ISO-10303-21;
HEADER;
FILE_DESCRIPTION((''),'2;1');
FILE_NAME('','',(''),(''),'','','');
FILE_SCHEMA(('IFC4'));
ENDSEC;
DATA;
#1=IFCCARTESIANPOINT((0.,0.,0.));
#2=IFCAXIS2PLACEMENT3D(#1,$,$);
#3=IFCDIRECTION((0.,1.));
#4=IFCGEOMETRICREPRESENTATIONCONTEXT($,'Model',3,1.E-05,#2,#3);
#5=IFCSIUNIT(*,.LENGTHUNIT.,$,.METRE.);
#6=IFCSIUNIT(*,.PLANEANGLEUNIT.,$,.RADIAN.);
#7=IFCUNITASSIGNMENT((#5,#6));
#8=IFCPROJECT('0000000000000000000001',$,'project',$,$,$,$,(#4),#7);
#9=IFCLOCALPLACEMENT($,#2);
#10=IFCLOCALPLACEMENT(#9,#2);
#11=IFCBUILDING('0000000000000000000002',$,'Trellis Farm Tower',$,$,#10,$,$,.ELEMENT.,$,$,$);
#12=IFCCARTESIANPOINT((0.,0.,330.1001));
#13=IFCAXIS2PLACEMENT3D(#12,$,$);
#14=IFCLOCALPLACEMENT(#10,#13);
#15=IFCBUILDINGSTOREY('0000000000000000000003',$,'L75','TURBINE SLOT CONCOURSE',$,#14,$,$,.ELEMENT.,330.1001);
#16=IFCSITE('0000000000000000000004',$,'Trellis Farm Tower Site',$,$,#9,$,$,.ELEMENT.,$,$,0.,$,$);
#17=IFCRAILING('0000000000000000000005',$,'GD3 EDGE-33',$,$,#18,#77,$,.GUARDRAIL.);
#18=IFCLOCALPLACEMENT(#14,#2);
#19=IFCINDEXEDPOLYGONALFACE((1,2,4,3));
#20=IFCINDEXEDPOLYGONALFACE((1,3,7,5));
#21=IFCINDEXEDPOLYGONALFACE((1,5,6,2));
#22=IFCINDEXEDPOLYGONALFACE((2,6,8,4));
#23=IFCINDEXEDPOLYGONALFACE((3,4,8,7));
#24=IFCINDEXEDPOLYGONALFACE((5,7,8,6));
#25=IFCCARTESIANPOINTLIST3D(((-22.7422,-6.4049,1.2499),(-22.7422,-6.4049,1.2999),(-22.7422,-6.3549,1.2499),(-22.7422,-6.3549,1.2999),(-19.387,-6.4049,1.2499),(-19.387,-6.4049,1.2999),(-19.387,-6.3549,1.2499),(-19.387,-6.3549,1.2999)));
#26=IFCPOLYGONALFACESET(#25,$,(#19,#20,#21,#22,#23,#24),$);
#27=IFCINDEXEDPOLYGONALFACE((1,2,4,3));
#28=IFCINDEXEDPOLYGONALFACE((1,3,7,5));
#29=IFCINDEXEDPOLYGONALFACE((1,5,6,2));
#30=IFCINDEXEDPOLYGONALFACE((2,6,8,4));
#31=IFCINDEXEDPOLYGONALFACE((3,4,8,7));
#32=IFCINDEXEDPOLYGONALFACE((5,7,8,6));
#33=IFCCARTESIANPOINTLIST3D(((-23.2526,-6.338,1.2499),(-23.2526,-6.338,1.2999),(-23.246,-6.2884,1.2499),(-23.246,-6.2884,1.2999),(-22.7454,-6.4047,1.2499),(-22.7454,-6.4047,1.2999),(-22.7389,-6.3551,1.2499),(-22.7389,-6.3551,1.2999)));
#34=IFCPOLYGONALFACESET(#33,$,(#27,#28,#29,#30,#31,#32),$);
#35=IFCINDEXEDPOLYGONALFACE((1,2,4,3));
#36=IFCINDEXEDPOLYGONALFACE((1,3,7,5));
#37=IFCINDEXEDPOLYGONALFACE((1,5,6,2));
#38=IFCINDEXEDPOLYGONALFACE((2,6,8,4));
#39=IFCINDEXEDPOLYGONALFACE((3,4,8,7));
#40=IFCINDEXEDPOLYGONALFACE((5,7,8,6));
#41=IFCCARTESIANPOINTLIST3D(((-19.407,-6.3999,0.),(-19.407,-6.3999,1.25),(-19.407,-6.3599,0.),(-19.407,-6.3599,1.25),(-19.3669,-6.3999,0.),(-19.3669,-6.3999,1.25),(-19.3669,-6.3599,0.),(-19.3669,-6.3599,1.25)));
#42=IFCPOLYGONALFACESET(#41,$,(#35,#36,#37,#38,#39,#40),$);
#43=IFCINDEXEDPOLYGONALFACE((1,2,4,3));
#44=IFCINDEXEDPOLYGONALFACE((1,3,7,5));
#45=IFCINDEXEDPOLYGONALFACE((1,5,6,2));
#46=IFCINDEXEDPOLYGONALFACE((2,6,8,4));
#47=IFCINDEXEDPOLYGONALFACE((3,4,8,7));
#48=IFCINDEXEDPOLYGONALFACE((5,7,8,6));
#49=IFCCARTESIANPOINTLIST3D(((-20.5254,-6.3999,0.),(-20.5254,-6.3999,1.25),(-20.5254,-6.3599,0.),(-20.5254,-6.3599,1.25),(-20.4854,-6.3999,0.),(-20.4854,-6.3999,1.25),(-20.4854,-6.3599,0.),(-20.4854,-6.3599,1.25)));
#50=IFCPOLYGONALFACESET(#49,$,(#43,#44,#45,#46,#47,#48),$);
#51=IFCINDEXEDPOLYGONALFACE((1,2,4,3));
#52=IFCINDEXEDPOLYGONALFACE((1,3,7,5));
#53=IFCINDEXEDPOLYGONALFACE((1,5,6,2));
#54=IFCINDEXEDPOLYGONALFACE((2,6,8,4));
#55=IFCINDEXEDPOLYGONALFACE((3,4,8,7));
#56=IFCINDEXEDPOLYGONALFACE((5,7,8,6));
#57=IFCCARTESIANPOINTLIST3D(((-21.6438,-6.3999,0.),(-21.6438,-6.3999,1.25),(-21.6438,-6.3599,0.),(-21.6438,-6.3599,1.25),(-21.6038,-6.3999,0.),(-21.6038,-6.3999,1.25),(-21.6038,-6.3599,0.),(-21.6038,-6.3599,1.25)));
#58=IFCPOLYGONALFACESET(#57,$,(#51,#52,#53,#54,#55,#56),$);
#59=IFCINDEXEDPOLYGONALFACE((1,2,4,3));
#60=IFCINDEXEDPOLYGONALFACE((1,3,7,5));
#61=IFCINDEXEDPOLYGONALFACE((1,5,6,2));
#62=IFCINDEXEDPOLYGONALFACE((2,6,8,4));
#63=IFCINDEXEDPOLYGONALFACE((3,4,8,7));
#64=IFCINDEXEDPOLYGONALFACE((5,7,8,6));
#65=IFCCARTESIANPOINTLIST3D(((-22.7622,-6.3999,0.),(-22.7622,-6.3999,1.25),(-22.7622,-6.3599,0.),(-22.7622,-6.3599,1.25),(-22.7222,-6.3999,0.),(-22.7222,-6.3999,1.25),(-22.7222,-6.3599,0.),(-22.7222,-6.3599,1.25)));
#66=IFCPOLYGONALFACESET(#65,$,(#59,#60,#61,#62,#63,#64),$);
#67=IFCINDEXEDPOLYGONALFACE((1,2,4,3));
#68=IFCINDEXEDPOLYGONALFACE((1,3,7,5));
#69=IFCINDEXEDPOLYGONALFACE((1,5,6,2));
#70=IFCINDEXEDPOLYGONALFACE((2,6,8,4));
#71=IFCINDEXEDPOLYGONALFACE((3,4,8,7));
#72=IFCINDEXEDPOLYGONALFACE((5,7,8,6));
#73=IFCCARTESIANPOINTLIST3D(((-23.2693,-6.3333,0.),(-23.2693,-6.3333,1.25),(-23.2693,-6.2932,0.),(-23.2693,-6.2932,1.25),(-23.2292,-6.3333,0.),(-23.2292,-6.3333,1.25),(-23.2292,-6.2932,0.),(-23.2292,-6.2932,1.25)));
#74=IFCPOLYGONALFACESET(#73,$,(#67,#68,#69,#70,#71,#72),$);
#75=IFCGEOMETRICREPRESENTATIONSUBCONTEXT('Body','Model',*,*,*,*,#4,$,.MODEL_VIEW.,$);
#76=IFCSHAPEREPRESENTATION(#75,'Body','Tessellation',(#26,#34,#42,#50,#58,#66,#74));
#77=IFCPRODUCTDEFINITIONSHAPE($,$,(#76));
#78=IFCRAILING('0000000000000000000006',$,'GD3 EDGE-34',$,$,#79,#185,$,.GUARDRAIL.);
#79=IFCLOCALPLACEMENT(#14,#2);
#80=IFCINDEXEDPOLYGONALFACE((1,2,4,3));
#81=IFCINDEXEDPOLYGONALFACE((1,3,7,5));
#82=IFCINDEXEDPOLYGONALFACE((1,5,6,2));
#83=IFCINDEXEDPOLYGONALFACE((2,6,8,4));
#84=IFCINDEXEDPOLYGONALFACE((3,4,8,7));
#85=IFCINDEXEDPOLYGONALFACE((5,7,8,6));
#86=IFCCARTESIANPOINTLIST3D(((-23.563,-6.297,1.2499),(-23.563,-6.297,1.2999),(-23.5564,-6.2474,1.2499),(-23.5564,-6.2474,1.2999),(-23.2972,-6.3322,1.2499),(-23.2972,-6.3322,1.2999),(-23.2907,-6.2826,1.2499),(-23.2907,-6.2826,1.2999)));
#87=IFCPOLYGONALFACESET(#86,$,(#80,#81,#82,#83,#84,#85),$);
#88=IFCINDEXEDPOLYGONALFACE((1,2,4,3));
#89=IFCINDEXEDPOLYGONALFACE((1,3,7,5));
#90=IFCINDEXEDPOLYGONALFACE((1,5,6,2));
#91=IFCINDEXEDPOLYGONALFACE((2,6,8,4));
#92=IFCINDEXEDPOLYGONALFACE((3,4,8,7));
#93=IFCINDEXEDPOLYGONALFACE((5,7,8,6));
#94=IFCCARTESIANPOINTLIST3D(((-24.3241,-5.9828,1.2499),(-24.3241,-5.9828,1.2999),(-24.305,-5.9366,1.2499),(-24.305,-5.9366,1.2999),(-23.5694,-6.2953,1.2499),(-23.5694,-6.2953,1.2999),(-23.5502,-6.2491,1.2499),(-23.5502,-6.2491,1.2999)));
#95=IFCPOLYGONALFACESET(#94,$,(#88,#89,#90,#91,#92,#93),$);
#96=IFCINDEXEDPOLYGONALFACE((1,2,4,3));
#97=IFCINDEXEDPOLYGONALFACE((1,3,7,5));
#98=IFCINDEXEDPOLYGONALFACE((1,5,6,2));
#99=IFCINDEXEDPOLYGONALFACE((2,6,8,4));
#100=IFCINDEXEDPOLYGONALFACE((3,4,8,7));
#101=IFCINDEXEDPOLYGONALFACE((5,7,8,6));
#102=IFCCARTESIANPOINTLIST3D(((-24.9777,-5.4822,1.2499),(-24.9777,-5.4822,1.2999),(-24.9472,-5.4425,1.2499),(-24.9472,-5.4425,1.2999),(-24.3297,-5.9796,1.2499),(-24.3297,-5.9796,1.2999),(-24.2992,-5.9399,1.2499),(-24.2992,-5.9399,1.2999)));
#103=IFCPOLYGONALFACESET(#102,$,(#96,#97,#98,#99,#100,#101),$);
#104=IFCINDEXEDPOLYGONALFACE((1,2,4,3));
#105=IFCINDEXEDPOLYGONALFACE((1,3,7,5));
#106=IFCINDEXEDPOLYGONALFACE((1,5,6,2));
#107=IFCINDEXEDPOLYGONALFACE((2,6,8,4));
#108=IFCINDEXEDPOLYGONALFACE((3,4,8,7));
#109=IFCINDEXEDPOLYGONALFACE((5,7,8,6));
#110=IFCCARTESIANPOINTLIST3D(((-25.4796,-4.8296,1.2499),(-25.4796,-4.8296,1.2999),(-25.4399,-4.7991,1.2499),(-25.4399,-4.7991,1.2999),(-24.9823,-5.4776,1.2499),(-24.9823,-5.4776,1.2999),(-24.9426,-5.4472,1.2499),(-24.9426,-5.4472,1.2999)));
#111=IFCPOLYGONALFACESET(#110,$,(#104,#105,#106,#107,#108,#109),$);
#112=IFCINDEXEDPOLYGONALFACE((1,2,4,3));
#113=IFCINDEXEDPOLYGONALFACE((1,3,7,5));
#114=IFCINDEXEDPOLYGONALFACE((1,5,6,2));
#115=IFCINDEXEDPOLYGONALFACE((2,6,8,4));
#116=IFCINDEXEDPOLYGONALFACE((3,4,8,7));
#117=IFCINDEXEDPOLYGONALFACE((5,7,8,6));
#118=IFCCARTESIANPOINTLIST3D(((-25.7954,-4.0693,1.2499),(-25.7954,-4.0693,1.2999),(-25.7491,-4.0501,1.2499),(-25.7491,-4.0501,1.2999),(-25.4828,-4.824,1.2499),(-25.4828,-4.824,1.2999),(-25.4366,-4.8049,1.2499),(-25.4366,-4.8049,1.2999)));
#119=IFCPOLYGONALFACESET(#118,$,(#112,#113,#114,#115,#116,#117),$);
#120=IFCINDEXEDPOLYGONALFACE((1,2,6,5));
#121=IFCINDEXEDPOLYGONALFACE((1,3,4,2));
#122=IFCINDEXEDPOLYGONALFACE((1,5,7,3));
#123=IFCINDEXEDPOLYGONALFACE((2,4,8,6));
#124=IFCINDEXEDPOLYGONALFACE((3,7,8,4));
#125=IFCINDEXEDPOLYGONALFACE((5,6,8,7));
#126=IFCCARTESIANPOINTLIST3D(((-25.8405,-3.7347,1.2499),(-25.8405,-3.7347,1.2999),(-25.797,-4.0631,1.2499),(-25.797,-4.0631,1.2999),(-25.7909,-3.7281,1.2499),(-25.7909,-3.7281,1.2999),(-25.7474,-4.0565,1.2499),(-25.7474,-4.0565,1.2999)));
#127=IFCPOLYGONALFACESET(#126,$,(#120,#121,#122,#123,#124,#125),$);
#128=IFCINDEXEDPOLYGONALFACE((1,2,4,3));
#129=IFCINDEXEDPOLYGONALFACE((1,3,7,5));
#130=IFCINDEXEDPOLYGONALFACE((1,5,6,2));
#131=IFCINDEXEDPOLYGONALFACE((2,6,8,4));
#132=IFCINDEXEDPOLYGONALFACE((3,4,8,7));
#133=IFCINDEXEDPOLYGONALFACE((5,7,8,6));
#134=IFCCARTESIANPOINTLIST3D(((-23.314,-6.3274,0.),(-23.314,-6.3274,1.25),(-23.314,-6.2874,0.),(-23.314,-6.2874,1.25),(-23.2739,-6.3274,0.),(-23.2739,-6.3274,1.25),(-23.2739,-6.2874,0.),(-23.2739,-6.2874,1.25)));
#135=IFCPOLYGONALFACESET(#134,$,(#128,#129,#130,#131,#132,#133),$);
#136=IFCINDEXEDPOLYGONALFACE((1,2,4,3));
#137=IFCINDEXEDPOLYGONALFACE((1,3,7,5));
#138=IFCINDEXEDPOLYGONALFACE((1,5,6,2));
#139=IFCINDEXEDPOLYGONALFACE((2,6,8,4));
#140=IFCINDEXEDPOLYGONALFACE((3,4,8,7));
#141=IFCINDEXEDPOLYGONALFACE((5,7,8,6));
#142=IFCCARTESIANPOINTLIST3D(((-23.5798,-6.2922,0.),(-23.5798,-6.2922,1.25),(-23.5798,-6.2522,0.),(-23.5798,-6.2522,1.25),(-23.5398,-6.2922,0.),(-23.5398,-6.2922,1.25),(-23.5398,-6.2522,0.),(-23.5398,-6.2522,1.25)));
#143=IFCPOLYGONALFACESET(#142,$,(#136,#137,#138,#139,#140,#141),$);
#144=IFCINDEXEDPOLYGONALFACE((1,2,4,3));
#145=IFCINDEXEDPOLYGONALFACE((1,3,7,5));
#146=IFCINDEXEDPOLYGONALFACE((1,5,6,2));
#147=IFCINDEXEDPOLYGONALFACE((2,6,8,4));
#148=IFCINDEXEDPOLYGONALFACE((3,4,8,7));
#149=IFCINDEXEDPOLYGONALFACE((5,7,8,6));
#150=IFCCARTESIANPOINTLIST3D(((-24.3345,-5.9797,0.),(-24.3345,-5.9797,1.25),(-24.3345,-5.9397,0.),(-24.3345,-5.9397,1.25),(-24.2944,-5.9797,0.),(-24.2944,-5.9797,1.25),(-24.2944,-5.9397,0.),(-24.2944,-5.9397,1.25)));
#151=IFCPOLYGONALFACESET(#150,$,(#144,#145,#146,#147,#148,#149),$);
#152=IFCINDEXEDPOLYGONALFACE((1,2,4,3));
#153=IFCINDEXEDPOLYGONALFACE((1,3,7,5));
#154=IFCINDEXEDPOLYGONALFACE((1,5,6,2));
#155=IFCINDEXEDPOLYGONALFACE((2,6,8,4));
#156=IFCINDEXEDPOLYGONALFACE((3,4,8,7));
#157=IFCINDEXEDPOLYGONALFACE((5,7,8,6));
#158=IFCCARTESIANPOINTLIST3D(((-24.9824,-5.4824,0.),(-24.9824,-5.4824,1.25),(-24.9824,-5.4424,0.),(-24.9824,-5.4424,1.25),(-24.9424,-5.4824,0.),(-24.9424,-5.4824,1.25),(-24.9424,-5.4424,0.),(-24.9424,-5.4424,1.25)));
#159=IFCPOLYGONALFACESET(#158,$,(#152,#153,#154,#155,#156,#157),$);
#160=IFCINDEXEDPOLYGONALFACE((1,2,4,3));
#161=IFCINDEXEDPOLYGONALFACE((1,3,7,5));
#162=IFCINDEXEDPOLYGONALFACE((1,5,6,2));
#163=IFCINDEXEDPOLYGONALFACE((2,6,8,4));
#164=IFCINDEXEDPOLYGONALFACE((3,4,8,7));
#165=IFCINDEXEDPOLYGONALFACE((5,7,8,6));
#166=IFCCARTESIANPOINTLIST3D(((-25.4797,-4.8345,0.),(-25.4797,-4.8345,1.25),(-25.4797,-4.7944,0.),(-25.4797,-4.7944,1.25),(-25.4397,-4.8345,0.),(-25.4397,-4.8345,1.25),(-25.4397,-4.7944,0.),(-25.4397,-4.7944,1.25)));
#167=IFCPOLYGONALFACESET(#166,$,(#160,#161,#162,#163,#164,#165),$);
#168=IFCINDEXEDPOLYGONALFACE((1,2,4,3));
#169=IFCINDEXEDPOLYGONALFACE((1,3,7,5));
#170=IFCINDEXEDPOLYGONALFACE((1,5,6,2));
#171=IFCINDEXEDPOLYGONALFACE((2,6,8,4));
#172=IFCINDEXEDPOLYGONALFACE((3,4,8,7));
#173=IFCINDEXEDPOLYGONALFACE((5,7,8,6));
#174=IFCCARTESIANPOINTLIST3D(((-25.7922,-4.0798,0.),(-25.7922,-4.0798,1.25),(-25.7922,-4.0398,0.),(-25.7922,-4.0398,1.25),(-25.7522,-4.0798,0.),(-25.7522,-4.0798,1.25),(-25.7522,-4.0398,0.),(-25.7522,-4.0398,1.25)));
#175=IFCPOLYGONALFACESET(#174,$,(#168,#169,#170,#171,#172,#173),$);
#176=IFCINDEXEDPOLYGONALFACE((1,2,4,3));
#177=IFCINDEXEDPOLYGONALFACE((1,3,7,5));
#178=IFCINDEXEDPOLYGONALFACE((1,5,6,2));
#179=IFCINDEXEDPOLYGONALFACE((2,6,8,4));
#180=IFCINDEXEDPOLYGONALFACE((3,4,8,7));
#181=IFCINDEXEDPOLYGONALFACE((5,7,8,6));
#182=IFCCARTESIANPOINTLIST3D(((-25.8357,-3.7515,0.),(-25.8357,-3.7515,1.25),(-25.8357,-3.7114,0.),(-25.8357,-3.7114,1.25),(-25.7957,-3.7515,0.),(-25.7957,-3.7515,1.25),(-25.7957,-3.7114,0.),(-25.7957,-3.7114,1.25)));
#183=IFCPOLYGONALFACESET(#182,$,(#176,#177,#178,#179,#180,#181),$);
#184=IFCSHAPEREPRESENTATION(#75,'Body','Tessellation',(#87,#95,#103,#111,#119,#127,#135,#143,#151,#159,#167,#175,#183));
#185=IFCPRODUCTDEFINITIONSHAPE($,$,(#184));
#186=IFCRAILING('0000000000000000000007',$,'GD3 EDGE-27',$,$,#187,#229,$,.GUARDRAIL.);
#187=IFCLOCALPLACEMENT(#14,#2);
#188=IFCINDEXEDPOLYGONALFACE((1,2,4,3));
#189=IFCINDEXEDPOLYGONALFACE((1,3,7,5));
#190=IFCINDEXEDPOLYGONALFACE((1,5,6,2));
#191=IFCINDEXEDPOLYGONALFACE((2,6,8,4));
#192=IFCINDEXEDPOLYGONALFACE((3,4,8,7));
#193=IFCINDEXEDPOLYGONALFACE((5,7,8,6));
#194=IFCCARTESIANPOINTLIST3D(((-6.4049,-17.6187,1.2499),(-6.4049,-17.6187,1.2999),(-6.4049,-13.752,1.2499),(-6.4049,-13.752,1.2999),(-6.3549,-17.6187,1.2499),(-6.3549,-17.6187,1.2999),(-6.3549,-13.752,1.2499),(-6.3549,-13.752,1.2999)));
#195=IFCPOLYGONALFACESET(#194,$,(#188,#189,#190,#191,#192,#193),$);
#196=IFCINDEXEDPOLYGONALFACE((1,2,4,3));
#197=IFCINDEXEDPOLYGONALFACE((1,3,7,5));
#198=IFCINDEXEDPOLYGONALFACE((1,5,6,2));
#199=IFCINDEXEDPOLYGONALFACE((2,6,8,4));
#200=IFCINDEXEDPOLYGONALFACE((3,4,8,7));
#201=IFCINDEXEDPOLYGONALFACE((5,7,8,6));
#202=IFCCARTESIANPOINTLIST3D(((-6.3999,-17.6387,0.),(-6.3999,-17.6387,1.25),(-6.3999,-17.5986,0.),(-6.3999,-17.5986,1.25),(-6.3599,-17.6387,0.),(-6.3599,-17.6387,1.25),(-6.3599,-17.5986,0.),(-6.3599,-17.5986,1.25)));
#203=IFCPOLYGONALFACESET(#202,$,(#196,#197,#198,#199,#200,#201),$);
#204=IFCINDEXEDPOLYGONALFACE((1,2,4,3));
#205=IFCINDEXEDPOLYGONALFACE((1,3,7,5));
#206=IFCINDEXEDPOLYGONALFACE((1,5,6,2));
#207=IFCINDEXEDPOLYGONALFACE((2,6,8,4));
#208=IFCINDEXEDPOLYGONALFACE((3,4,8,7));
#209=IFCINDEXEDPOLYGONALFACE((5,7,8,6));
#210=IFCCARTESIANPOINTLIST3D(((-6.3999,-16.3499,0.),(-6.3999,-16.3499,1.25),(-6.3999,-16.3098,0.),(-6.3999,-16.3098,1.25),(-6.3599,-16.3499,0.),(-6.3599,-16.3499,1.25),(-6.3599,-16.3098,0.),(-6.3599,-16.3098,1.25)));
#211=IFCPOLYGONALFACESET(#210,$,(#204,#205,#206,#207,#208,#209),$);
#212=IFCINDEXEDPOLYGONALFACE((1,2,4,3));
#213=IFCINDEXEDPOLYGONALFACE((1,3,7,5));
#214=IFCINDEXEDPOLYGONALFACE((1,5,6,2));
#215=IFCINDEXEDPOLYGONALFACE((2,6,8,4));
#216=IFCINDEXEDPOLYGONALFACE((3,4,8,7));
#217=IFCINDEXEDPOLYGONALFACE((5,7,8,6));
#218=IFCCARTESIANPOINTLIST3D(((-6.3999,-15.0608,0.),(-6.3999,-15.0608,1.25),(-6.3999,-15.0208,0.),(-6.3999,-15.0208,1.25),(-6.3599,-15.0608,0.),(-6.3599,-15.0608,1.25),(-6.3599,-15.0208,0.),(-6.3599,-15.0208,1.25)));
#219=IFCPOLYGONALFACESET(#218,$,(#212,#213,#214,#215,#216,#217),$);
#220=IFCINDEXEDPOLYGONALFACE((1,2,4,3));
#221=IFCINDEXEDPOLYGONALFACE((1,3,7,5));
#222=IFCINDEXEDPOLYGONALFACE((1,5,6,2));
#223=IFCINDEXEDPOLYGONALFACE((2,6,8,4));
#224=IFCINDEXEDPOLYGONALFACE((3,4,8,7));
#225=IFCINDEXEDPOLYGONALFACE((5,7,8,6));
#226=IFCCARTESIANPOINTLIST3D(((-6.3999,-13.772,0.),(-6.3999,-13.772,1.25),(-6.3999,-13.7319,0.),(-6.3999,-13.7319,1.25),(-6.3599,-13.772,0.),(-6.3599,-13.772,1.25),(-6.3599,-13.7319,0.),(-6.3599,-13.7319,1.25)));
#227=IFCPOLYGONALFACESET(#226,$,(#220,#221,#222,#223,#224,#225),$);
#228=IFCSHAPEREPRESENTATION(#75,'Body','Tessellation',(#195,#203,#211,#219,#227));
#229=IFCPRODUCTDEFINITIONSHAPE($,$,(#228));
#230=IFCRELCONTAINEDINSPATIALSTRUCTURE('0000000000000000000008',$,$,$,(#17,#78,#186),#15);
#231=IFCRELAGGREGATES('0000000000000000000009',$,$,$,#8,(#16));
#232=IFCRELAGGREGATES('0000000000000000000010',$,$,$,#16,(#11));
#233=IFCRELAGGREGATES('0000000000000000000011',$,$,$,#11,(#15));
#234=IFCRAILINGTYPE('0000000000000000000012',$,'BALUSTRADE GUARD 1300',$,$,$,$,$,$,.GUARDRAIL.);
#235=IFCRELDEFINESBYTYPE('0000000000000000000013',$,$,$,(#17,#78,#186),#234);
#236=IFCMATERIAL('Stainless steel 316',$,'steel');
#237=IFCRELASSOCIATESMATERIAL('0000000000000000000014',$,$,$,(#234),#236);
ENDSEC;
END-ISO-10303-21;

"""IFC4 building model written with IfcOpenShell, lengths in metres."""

from ifc_helpers import new_model, si_unit, direction, frame, origin, origin_2d, place, context, subcontext, project, spatial, rectangle, extrude, source, transform, mapped, material, type_object, element, save


model = new_model("IFC4")

# Units and contexts
model_context = context("Model", 3, precision=1e-05, world=origin(), true_north=direction((0.0, 1.0)))
body_context = subcontext(model_context, "Body", "Model", "MODEL_VIEW")
ifc_project = project(units=[si_unit("LENGTHUNIT", "METRE"), si_unit("PLANEANGLEUNIT", "RADIAN")], contexts=[model_context])

# Site, building, storey
site_placement = place(None, origin())
site = spatial("IfcSite", under=ifc_project, at=site_placement, Name="Trellis Farm Tower Site", CompositionType="ELEMENT", RefElevation=0.0)
building_placement = place(site_placement, origin())
building = spatial("IfcBuilding", under=site, at=building_placement, Name="Trellis Farm Tower", CompositionType="ELEMENT")
storey_placement = place(building_placement, frame((0.0, 0.0, 330.1001)))
storey = spatial("IfcBuildingStorey", under=building, at=storey_placement, Name="L75", Description="TURBINE SLOT CONCOURSE", CompositionType="ELEMENT", Elevation=330.1001)

# Railings
ifc_material_1 = material(Name="Stainless steel 316", Category="steel")
railing_type = type_object("IfcRailingType", Name="BALUSTRADE GUARD 1300", PredefinedType="GUARDRAIL", material=ifc_material_1)
railing_1_placement = place(storey_placement, frame((-19.387, -6.3799, 0.0)))
element("IfcRailing", 1, at=railing_1_placement, inside=storey, type_object=railing_type, Name="GD3 EDGE-33", PredefinedType="GUARDRAIL", context=body_context, shape_type="SweptSolid", body=[
    extrude(rectangle(XDim=0.05, YDim=0.05, at=origin_2d()), frame((0.0, 0.0, 1.2749), z_axis=(-1.0, 0.0, 0.0), x_axis=(0.0, -1.0, 0.0)), (0.0, 0.0, 1.0), 3.3552),
    extrude(rectangle(XDim=0.05, YDim=0.05, at=origin_2d()), frame((-3.3552, 0.0, 1.2749), z_axis=(-0.991472, 0.130319, 0.0), x_axis=(-0.130319, -0.991472, 0.0)), (0.0, 0.0, 1.0), 0.5115),
    extrude(rectangle(XDim=0.04, YDim=0.04, at=origin_2d()), origin(), (0.0, 0.0, 1.0), 1.25),
    extrude(rectangle(XDim=0.04, YDim=0.04, at=origin_2d()), frame((-1.1184, 0.0, 0.0)), (0.0, 0.0, 1.0), 1.25),
    extrude(rectangle(XDim=0.04, YDim=0.04, at=origin_2d()), frame((-2.2368, 0.0, 0.0)), (0.0, 0.0, 1.0), 1.25),
    extrude(rectangle(XDim=0.04, YDim=0.04, at=origin_2d()), frame((-3.3552, 0.0, 0.0)), (0.0, 0.0, 1.0), 1.25),
    extrude(rectangle(XDim=0.04, YDim=0.04, at=origin_2d()), frame((-3.8623, 0.0667, 0.0)), (0.0, 0.0, 1.0), 1.25),
])
railing_2_placement = place(storey_placement, frame((-23.2939, -6.3074, 0.0)))
element("IfcRailing", 2, at=railing_2_placement, inside=storey, type_object=railing_type, Name="GD3 EDGE-34", PredefinedType="GUARDRAIL", context=body_context, shape_type="SweptSolid", body=[
    extrude(rectangle(XDim=0.05, YDim=0.05, at=origin_2d()), frame((0.0, 0.0, 1.2749), z_axis=(-0.99137, 0.13109, 0.0), x_axis=(-0.13109, -0.99137, 0.0)), (0.0, 0.0, 1.0), 0.2681),
    extrude(rectangle(XDim=0.05, YDim=0.05, at=origin_2d()), frame((-0.2659, 0.0352, 1.2749), z_axis=(-0.923915, 0.382598, 0.0), x_axis=(-0.382598, -0.923915, 0.0)), (0.0, 0.0, 1.0), 0.8169),
    extrude(rectangle(XDim=0.05, YDim=0.05, at=origin_2d()), frame((-1.0205, 0.3477, 1.2749), z_axis=(-0.793279, 0.608858, 0.0), x_axis=(-0.608858, -0.793279, 0.0)), (0.0, 0.0, 1.0), 0.8169),
    extrude(rectangle(XDim=0.05, YDim=0.05, at=origin_2d()), frame((-1.6685, 0.845, 1.2749), z_axis=(-0.608858, 0.793279, 0.0), x_axis=(-0.793279, -0.608858, 0.0)), (0.0, 0.0, 1.0), 0.8169),
    extrude(rectangle(XDim=0.05, YDim=0.05, at=origin_2d()), frame((-2.1658, 1.4929, 1.2749), z_axis=(-0.382598, 0.923915, 0.0), x_axis=(-0.923915, -0.382598, 0.0)), (0.0, 0.0, 1.0), 0.8169),
    extrude(rectangle(XDim=0.05, YDim=0.05, at=origin_2d()), frame((-2.4783, 2.2476, 1.2749), z_axis=(-0.131198, 0.991356, 0.0), x_axis=(-0.991356, -0.131198, 0.0)), (0.0, 0.0, 1.0), 0.3313),
    extrude(rectangle(XDim=0.04, YDim=0.04, at=origin_2d()), origin(), (0.0, 0.0, 1.0), 1.25),
    extrude(rectangle(XDim=0.04, YDim=0.04, at=origin_2d()), frame((-0.2659, 0.0352, 0.0)), (0.0, 0.0, 1.0), 1.25),
    extrude(rectangle(XDim=0.04, YDim=0.04, at=origin_2d()), frame((-1.0205, 0.3477, 0.0)), (0.0, 0.0, 1.0), 1.25),
    extrude(rectangle(XDim=0.04, YDim=0.04, at=origin_2d()), frame((-1.6685, 0.845, 0.0)), (0.0, 0.0, 1.0), 1.25),
    extrude(rectangle(XDim=0.04, YDim=0.04, at=origin_2d()), frame((-2.1658, 1.4929, 0.0)), (0.0, 0.0, 1.0), 1.25),
    extrude(rectangle(XDim=0.04, YDim=0.04, at=origin_2d()), frame((-2.4783, 2.2476, 0.0)), (0.0, 0.0, 1.0), 1.25),
    extrude(rectangle(XDim=0.04, YDim=0.04, at=origin_2d()), frame((-2.5217, 2.5759, 0.0)), (0.0, 0.0, 1.0), 1.25),
])
shared_shape_1 = source(origin(), body_context, "Body", "SweptSolid", [
    extrude(rectangle(XDim=0.05, YDim=0.05, at=origin_2d()), frame((0.0, 0.0, 1.2749), z_axis=(0.0, 1.0, 0.0), x_axis=(-1.0, 0.0, 0.0)), (0.0, 0.0, 1.0), 3.8667),
    extrude(rectangle(XDim=0.04, YDim=0.04, at=origin_2d()), origin(), (0.0, 0.0, 1.0), 1.25),
    extrude(rectangle(XDim=0.04, YDim=0.04, at=origin_2d()), frame((0.0, 1.2888, 0.0)), (0.0, 0.0, 1.0), 1.25),
    extrude(rectangle(XDim=0.04, YDim=0.04, at=origin_2d()), frame((0.0, 2.5779, 0.0)), (0.0, 0.0, 1.0), 1.25),
    extrude(rectangle(XDim=0.04, YDim=0.04, at=origin_2d()), frame((0.0, 3.8667, 0.0)), (0.0, 0.0, 1.0), 1.25),
])
for number, where, name in (
    (3, (-6.3799, -17.6187, 0.0), "GD3 EDGE-27"),
):
    element("IfcRailing", number, at=place(storey_placement, frame(where)), inside=storey, type_object=railing_type, Name=name, PredefinedType="GUARDRAIL", context=body_context, shape_type="MappedRepresentation", body=[
        mapped(shared_shape_1, transform((0.0, 0.0, 0.0))),
    ])

save(model, "model.ifc")
